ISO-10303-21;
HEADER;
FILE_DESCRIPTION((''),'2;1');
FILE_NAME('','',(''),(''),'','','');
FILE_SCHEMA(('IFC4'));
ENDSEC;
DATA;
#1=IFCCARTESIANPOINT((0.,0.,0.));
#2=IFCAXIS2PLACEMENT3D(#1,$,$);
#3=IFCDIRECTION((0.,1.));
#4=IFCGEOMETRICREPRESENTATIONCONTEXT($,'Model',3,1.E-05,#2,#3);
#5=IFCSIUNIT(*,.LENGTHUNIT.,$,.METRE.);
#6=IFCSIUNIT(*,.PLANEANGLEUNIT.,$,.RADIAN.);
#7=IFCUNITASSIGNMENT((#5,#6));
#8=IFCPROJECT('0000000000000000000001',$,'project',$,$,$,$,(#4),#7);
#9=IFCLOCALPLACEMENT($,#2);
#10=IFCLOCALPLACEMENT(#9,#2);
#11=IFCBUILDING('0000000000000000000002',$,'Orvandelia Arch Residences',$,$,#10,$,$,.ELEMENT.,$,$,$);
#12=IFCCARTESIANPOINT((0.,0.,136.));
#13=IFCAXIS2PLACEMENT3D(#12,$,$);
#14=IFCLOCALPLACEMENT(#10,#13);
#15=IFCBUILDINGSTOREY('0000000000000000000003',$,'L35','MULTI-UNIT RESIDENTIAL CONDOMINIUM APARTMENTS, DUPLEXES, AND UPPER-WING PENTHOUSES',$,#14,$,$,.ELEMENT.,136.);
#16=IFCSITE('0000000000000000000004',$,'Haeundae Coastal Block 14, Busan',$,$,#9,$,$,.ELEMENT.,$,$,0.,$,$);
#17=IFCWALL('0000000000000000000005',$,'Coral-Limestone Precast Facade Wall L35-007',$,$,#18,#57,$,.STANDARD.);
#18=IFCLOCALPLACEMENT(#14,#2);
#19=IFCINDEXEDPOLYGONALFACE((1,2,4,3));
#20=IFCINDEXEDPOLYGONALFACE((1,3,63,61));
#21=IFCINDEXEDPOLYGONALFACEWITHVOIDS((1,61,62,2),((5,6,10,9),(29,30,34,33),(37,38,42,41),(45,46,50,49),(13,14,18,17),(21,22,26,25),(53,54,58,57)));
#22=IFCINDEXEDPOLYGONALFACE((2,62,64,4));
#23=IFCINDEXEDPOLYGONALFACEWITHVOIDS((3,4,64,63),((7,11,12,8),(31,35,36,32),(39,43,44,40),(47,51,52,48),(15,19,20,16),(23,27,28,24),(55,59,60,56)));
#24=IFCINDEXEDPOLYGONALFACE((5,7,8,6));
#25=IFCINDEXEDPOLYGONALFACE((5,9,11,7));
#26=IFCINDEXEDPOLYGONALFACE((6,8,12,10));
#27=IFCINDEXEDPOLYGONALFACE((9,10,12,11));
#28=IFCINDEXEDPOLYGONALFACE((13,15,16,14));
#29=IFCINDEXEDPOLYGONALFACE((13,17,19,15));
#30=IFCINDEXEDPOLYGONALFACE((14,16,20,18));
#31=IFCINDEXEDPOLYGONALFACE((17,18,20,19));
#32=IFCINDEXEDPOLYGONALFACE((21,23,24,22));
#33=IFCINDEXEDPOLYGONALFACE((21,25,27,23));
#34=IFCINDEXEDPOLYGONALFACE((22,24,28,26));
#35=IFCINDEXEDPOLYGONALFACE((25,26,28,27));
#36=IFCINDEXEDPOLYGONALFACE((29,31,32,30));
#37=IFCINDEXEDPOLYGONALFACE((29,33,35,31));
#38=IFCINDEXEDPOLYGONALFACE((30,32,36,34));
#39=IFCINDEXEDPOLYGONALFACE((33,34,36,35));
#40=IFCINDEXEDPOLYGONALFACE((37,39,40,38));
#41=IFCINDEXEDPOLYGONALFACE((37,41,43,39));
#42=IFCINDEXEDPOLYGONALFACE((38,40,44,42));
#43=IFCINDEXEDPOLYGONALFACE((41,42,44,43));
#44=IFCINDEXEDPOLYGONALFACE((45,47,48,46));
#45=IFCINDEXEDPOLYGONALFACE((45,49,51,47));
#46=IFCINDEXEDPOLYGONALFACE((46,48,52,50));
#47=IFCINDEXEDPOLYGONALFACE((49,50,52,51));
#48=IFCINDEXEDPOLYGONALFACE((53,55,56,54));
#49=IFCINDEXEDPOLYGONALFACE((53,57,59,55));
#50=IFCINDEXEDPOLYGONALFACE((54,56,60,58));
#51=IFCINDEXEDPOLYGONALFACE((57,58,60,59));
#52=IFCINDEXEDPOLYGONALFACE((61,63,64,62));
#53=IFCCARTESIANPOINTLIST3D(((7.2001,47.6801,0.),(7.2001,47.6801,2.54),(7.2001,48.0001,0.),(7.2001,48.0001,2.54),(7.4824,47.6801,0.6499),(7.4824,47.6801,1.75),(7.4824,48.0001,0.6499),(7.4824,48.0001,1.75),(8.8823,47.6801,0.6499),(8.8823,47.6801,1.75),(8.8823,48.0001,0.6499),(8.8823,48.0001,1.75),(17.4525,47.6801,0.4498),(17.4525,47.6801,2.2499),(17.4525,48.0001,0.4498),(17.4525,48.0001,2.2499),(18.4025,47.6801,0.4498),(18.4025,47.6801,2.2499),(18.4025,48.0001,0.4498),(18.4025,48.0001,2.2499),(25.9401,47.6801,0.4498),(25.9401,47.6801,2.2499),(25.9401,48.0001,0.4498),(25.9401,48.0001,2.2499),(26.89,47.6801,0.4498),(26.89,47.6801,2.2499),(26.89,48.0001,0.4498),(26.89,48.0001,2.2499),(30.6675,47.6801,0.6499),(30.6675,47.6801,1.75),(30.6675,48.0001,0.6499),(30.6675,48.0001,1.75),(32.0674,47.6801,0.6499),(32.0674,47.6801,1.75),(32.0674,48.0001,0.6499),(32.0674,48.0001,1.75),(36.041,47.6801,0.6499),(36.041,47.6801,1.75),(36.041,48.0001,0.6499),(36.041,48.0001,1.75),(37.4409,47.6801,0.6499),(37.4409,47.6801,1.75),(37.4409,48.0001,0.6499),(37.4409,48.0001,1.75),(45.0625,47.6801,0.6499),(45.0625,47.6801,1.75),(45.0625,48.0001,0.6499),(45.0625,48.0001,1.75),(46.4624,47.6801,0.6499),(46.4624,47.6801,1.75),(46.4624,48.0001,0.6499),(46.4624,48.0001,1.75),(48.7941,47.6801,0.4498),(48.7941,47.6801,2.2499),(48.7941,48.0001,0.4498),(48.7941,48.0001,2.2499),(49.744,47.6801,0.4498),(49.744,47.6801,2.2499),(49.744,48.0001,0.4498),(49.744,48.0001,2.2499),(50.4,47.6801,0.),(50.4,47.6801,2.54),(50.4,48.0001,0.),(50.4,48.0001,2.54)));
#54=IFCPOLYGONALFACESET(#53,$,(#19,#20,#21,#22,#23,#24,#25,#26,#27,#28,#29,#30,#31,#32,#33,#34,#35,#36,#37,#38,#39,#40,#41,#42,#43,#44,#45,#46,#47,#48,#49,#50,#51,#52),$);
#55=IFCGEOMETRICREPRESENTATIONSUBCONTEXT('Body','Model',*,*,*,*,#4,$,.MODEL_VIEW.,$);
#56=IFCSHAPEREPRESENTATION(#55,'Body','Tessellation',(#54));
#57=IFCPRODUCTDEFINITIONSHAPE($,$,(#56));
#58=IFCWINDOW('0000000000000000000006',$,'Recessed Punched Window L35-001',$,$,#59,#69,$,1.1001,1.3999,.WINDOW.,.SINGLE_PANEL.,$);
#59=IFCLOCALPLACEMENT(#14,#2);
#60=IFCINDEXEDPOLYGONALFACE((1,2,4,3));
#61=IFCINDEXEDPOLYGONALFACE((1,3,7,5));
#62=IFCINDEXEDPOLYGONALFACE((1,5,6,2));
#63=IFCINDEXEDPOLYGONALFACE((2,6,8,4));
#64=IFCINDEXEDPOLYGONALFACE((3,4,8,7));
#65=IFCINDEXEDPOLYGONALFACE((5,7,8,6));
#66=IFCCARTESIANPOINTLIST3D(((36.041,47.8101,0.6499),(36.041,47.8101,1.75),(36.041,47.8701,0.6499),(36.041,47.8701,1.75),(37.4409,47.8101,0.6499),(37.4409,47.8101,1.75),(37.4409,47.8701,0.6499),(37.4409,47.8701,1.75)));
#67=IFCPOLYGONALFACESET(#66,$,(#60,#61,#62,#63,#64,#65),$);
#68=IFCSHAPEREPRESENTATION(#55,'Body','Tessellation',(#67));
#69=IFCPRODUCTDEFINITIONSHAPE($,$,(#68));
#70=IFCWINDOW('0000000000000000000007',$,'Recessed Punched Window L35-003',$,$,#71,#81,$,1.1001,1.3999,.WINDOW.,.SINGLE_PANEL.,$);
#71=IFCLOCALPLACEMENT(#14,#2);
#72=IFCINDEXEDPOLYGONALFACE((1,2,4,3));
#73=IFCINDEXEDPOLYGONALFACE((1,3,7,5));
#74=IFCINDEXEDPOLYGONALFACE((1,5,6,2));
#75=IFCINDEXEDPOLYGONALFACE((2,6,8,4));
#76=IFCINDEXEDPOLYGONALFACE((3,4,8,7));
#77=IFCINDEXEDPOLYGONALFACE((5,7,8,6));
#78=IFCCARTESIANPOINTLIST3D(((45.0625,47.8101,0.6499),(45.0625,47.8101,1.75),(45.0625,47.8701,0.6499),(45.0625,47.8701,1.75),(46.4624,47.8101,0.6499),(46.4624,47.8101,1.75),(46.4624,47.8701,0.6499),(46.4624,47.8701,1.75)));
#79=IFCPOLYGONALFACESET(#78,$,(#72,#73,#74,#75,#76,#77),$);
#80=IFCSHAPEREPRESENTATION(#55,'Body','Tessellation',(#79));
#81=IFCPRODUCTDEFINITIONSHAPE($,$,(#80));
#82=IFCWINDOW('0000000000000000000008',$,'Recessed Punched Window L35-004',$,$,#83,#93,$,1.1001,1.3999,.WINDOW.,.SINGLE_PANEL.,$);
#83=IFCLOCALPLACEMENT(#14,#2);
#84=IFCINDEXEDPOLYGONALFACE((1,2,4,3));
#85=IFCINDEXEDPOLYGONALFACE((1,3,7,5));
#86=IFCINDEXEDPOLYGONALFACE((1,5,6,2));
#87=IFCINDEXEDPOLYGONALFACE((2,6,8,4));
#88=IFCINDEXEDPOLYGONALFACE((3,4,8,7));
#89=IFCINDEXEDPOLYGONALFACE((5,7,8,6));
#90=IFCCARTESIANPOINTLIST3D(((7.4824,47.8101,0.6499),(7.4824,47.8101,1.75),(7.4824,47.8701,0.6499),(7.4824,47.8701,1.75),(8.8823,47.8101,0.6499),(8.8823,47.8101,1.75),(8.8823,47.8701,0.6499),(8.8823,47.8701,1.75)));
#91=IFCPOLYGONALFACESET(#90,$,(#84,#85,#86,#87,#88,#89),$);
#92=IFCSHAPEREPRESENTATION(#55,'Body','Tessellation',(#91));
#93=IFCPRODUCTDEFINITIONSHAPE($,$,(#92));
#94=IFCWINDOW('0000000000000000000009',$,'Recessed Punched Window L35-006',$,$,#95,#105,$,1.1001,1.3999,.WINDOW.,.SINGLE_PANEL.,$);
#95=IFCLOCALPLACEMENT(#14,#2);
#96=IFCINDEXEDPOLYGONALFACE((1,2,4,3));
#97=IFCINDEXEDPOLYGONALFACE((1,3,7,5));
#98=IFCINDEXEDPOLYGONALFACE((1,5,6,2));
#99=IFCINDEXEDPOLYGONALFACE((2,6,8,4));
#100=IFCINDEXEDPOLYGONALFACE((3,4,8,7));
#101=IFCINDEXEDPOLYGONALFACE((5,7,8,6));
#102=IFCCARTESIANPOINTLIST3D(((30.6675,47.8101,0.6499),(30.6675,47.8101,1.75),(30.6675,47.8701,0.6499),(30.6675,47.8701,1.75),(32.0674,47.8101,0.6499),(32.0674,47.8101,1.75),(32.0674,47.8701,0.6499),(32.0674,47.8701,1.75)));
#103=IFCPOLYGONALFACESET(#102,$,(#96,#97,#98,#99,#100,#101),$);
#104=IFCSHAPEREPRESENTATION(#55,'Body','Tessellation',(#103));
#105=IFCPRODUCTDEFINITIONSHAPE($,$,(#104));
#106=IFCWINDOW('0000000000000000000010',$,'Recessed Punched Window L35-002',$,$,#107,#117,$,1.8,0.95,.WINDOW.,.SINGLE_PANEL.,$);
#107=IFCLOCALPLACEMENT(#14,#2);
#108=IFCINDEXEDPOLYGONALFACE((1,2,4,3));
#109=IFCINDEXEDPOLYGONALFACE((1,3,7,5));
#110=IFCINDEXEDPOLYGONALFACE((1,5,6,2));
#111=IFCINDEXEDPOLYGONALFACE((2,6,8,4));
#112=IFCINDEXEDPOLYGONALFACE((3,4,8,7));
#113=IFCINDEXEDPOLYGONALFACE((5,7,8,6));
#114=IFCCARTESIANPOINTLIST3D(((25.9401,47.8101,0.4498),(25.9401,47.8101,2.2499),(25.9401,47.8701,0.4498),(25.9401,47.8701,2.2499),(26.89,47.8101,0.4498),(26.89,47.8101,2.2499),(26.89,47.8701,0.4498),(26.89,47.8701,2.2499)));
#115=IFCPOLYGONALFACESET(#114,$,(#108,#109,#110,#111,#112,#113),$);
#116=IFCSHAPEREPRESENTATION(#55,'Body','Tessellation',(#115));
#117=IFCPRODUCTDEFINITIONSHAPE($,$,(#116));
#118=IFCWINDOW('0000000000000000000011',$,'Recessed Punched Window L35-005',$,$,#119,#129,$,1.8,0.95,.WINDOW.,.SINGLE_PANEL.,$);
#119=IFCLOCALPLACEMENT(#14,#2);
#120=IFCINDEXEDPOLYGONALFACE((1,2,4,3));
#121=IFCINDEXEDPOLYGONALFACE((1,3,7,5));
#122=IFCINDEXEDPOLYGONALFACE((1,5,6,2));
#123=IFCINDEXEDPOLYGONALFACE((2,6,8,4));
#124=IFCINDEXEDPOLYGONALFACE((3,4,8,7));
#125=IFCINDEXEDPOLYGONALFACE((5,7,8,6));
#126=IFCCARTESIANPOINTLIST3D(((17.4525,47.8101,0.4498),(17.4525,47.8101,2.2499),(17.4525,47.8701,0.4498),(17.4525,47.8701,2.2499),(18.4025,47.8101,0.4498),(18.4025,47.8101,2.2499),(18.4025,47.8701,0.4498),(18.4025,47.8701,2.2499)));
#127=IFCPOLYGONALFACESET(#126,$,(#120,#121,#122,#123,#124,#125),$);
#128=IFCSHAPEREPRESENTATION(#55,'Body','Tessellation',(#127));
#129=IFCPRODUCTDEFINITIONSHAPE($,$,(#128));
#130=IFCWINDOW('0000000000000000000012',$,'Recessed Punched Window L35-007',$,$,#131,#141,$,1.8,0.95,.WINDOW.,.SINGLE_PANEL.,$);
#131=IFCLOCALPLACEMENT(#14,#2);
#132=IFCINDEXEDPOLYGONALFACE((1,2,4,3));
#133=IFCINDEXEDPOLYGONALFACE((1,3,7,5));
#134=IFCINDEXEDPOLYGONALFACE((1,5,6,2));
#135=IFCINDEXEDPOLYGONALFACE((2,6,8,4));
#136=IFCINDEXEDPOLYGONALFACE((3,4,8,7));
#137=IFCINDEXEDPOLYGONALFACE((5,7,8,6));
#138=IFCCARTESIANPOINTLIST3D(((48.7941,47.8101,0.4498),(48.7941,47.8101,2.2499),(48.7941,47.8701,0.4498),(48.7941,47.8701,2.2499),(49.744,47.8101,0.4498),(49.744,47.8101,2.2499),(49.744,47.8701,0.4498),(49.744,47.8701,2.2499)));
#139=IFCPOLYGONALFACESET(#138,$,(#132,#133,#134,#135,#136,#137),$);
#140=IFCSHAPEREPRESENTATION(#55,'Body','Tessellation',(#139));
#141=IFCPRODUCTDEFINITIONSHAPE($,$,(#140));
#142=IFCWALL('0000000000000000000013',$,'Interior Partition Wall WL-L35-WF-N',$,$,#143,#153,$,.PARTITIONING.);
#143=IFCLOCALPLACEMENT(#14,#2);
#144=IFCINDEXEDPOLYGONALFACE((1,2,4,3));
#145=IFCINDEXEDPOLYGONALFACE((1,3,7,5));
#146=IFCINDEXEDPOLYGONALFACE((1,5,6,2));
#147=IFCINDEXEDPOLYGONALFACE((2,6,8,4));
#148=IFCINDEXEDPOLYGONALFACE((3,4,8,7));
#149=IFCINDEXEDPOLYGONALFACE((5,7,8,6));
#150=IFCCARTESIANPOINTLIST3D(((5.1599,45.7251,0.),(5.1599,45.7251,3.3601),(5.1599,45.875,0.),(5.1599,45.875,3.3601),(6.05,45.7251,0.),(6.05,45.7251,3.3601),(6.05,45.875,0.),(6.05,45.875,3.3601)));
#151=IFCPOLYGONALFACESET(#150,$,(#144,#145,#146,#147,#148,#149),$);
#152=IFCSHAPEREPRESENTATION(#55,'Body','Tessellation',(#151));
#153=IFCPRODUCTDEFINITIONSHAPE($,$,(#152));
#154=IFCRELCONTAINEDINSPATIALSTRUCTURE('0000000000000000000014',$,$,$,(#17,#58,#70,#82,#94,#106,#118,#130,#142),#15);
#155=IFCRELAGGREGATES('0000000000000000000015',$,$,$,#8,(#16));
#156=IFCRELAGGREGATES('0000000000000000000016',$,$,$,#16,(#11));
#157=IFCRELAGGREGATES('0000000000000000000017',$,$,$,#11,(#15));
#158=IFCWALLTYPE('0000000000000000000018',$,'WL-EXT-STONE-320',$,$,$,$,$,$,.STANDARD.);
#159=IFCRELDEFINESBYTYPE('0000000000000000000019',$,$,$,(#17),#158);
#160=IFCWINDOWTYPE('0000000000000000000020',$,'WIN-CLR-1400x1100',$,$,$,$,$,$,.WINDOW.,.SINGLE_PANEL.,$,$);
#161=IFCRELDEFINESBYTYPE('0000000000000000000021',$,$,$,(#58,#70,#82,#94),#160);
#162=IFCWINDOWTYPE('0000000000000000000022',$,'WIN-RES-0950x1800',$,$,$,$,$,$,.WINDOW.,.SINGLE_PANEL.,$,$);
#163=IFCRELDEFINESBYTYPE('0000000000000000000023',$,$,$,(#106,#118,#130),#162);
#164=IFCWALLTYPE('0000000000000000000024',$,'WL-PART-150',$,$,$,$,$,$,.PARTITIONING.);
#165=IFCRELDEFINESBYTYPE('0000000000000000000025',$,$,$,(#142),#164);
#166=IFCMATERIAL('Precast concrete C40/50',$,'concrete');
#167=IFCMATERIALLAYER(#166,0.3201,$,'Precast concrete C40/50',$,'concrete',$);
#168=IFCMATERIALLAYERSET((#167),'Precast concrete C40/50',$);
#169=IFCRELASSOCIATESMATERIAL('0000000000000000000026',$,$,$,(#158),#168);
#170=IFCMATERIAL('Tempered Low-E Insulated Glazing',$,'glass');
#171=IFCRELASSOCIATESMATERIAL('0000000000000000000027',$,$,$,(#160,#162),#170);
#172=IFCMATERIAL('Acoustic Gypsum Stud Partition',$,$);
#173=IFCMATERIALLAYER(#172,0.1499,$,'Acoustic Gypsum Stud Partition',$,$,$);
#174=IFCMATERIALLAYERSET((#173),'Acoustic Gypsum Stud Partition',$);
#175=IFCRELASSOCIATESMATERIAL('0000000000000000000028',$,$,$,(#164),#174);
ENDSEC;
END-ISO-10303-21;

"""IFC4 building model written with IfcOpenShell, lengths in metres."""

from ifc_helpers import new_model, si_unit, direction, frame, frame_2d, origin, place, context, subcontext, project, spatial, rectangle, extrude, material, layer, layer_set, type_object, element, fill, save


model = new_model("IFC4")

# Units and contexts
model_context = context("Model", 3, precision=1e-05, world=origin(), true_north=direction((0.0, 1.0)))
body_context = subcontext(model_context, "Body", "Model", "MODEL_VIEW")
ifc_project = project(units=[si_unit("LENGTHUNIT", "METRE"), si_unit("PLANEANGLEUNIT", "RADIAN")], contexts=[model_context])

# Site, building, storey
site_placement = place(None, origin())
site = spatial("IfcSite", under=ifc_project, at=site_placement, Name="Haeundae Coastal Block 14, Busan", CompositionType="ELEMENT", RefElevation=0.0)
building_placement = place(site_placement, origin())
building = spatial("IfcBuilding", under=site, at=building_placement, Name="Orvandelia Arch Residences", CompositionType="ELEMENT")
storey_placement = place(building_placement, frame((0.0, 0.0, 136.0)))
storey = spatial("IfcBuildingStorey", under=building, at=storey_placement, Name="L35", Description="MULTI-UNIT RESIDENTIAL CONDOMINIUM APARTMENTS, DUPLEXES, AND UPPER-WING PENTHOUSES", CompositionType="ELEMENT", Elevation=136.0)

# Shared definitions
ifc_material_1 = material(Name="Precast concrete C40/50", Category="concrete")
ifc_layer_1 = layer(ifc_material_1, 0.3201, Name="Precast concrete C40/50", Category="concrete")
ifc_layer_set_1 = layer_set([ifc_layer_1], Name="Precast concrete C40/50")
wall_type_1 = type_object("IfcWallType", Name="WL-EXT-STONE-320", PredefinedType="STANDARD", material=ifc_layer_set_1)

# Wall, openings, windows
wall_1_placement = place(storey_placement, frame((7.2, 47.8401, 0.0), z_axis=(0.0, 0.0, 1.0), x_axis=(1.0, 0.0, 0.0)))
wall_1 = element("IfcWall", 1, at=wall_1_placement, inside=storey, type_object=wall_type_1, Name="Coral-Limestone Precast Facade Wall L35-007", PredefinedType="STANDARD", context=body_context, shape_type="SweptSolid", body=[
    extrude(rectangle(XDim=43.2, YDim=0.3201, at=frame_2d((21.6001, 0.0))), origin(), (0.0, 0.0, 1.0), 2.54),
])
opening_1_placement = place(wall_1_placement, frame((28.8411, 0.0, 0.6499)))
opening_1 = element("IfcOpeningElement", 2, at=opening_1_placement, cuts=wall_1, PredefinedType="OPENING", context=body_context, shape_type="SweptSolid", body=[
    extrude(rectangle(XDim=1.3999, YDim=1.1001, at=frame_2d((0.7, 0.55))), frame((0.0, 0.1699, 0.0), z_axis=(0.0, -1.0, 0.0), x_axis=(1.0, 0.0, 0.0)), (0.0, 0.0, 1.0), 0.3401),
])
opening_2_placement = place(wall_1_placement, frame((18.74, 0.0, 0.45)))
opening_2 = element("IfcOpeningElement", 3, at=opening_2_placement, cuts=wall_1, PredefinedType="OPENING", context=body_context, shape_type="SweptSolid", body=[
    extrude(rectangle(XDim=0.95, YDim=1.8, at=frame_2d((0.4751, 0.8999))), frame((0.0, 0.1699, 0.0), z_axis=(0.0, -1.0, 0.0), x_axis=(1.0, 0.0, 0.0)), (0.0, 0.0, 1.0), 0.3401),
])
opening_3_placement = place(wall_1_placement, frame((37.8625, 0.0, 0.6499)))
opening_3 = element("IfcOpeningElement", 4, at=opening_3_placement, cuts=wall_1, PredefinedType="OPENING", context=body_context, shape_type="SweptSolid", body=[
    extrude(rectangle(XDim=1.3999, YDim=1.1001, at=frame_2d((0.7, 0.55))), frame((0.0, 0.1699, 0.0), z_axis=(0.0, -1.0, 0.0), x_axis=(1.0, 0.0, 0.0)), (0.0, 0.0, 1.0), 0.3401),
])
opening_4_placement = place(wall_1_placement, frame((0.2825, 0.0, 0.6499)))
opening_4 = element("IfcOpeningElement", 5, at=opening_4_placement, cuts=wall_1, PredefinedType="OPENING", context=body_context, shape_type="SweptSolid", body=[
    extrude(rectangle(XDim=1.3999, YDim=1.1001, at=frame_2d((0.7, 0.55))), frame((0.0, 0.1699, 0.0), z_axis=(0.0, -1.0, 0.0), x_axis=(1.0, 0.0, 0.0)), (0.0, 0.0, 1.0), 0.3401),
])
opening_5_placement = place(wall_1_placement, frame((10.2524, 0.0, 0.45)))
opening_5 = element("IfcOpeningElement", 6, at=opening_5_placement, cuts=wall_1, PredefinedType="OPENING", context=body_context, shape_type="SweptSolid", body=[
    extrude(rectangle(XDim=0.95, YDim=1.8, at=frame_2d((0.4751, 0.8999))), frame((0.0, 0.1699, 0.0), z_axis=(0.0, -1.0, 0.0), x_axis=(1.0, 0.0, 0.0)), (0.0, 0.0, 1.0), 0.3401),
])
opening_6_placement = place(wall_1_placement, frame((23.4675, 0.0, 0.6499)))
opening_6 = element("IfcOpeningElement", 7, at=opening_6_placement, cuts=wall_1, PredefinedType="OPENING", context=body_context, shape_type="SweptSolid", body=[
    extrude(rectangle(XDim=1.3999, YDim=1.1001, at=frame_2d((0.7, 0.55))), frame((0.0, 0.1699, 0.0), z_axis=(0.0, -1.0, 0.0), x_axis=(1.0, 0.0, 0.0)), (0.0, 0.0, 1.0), 0.3401),
])
opening_7_placement = place(wall_1_placement, frame((41.594, 0.0, 0.45)))
opening_7 = element("IfcOpeningElement", 8, at=opening_7_placement, cuts=wall_1, PredefinedType="OPENING", context=body_context, shape_type="SweptSolid", body=[
    extrude(rectangle(XDim=0.95, YDim=1.8, at=frame_2d((0.4751, 0.8999))), frame((0.0, 0.1699, 0.0), z_axis=(0.0, -1.0, 0.0), x_axis=(1.0, 0.0, 0.0)), (0.0, 0.0, 1.0), 0.3401),
])
ifc_material_2 = material(Name="Tempered Low-E Insulated Glazing", Category="glass")
window_type_1 = type_object("IfcWindowType", Name="WIN-CLR-1400x1100", PartitioningType="SINGLE_PANEL", PredefinedType="WINDOW", material=ifc_material_2)
window_1_placement = place(opening_1_placement, origin())
window_1 = element("IfcWindow", 9, at=window_1_placement, inside=storey, type_object=window_type_1, Name="Recessed Punched Window L35-001", OverallHeight=1.1001, OverallWidth=1.3999, PartitioningType="SINGLE_PANEL", PredefinedType="WINDOW", context=body_context, shape_type="SweptSolid", body=[
    extrude(rectangle(XDim=1.3999, YDim=1.1001, at=frame_2d((0.7, 0.55))), frame((0.0, 0.03, 0.0), z_axis=(0.0, -1.0, 0.0), x_axis=(1.0, 0.0, 0.0)), (0.0, 0.0, 1.0), 0.0601),
])
fill(opening_1, window_1)
window_2_placement = place(opening_3_placement, origin())
window_2 = element("IfcWindow", 10, at=window_2_placement, inside=storey, type_object=window_type_1, Name="Recessed Punched Window L35-003", OverallHeight=1.1001, OverallWidth=1.3999, PartitioningType="SINGLE_PANEL", PredefinedType="WINDOW", context=body_context, shape_type="SweptSolid", body=[
    extrude(rectangle(XDim=1.3999, YDim=1.1001, at=frame_2d((0.7, 0.55))), frame((0.0, 0.03, 0.0), z_axis=(0.0, -1.0, 0.0), x_axis=(1.0, 0.0, 0.0)), (0.0, 0.0, 1.0), 0.0601),
])
fill(opening_3, window_2)
window_3_placement = place(opening_4_placement, origin())
window_3 = element("IfcWindow", 11, at=window_3_placement, inside=storey, type_object=window_type_1, Name="Recessed Punched Window L35-004", OverallHeight=1.1001, OverallWidth=1.3999, PartitioningType="SINGLE_PANEL", PredefinedType="WINDOW", context=body_context, shape_type="SweptSolid", body=[
    extrude(rectangle(XDim=1.3999, YDim=1.1001, at=frame_2d((0.7, 0.55))), frame((0.0, 0.03, 0.0), z_axis=(0.0, -1.0, 0.0), x_axis=(1.0, 0.0, 0.0)), (0.0, 0.0, 1.0), 0.0601),
])
fill(opening_4, window_3)
window_4_placement = place(opening_6_placement, origin())
window_4 = element("IfcWindow", 12, at=window_4_placement, inside=storey, type_object=window_type_1, Name="Recessed Punched Window L35-006", OverallHeight=1.1001, OverallWidth=1.3999, PartitioningType="SINGLE_PANEL", PredefinedType="WINDOW", context=body_context, shape_type="SweptSolid", body=[
    extrude(rectangle(XDim=1.3999, YDim=1.1001, at=frame_2d((0.7, 0.55))), frame((0.0, 0.03, 0.0), z_axis=(0.0, -1.0, 0.0), x_axis=(1.0, 0.0, 0.0)), (0.0, 0.0, 1.0), 0.0601),
])
fill(opening_6, window_4)
window_type_2 = type_object("IfcWindowType", Name="WIN-RES-0950x1800", PartitioningType="SINGLE_PANEL", PredefinedType="WINDOW", material=ifc_material_2)
window_5_placement = place(opening_2_placement, origin())
window_5 = element("IfcWindow", 13, at=window_5_placement, inside=storey, type_object=window_type_2, Name="Recessed Punched Window L35-002", OverallHeight=1.8, OverallWidth=0.95, PartitioningType="SINGLE_PANEL", PredefinedType="WINDOW", context=body_context, shape_type="SweptSolid", body=[
    extrude(rectangle(XDim=0.95, YDim=1.8, at=frame_2d((0.4751, 0.8999))), frame((0.0, 0.03, 0.0), z_axis=(0.0, -1.0, 0.0), x_axis=(1.0, 0.0, 0.0)), (0.0, 0.0, 1.0), 0.0601),
])
fill(opening_2, window_5)
window_6_placement = place(opening_5_placement, origin())
window_6 = element("IfcWindow", 14, at=window_6_placement, inside=storey, type_object=window_type_2, Name="Recessed Punched Window L35-005", OverallHeight=1.8, OverallWidth=0.95, PartitioningType="SINGLE_PANEL", PredefinedType="WINDOW", context=body_context, shape_type="SweptSolid", body=[
    extrude(rectangle(XDim=0.95, YDim=1.8, at=frame_2d((0.4751, 0.8999))), frame((0.0, 0.03, 0.0), z_axis=(0.0, -1.0, 0.0), x_axis=(1.0, 0.0, 0.0)), (0.0, 0.0, 1.0), 0.0601),
])
fill(opening_5, window_6)
window_7_placement = place(opening_7_placement, origin())
window_7 = element("IfcWindow", 15, at=window_7_placement, inside=storey, type_object=window_type_2, Name="Recessed Punched Window L35-007", OverallHeight=1.8, OverallWidth=0.95, PartitioningType="SINGLE_PANEL", PredefinedType="WINDOW", context=body_context, shape_type="SweptSolid", body=[
    extrude(rectangle(XDim=0.95, YDim=1.8, at=frame_2d((0.4751, 0.8999))), frame((0.0, 0.03, 0.0), z_axis=(0.0, -1.0, 0.0), x_axis=(1.0, 0.0, 0.0)), (0.0, 0.0, 1.0), 0.0601),
])
fill(opening_7, window_7)

# Wall
ifc_material_3 = material(Name="Acoustic Gypsum Stud Partition")
ifc_layer_2 = layer(ifc_material_3, 0.1499, Name="Acoustic Gypsum Stud Partition")
ifc_layer_set_2 = layer_set([ifc_layer_2], Name="Acoustic Gypsum Stud Partition")
wall_type_2 = type_object("IfcWallType", Name="WL-PART-150", PredefinedType="PARTITIONING", material=ifc_layer_set_2)
wall_2_placement = place(storey_placement, frame((5.1599, 45.8, 0.0), z_axis=(0.0, 0.0, 1.0), x_axis=(1.0, 0.0, 0.0)))
element("IfcWall", 16, at=wall_2_placement, inside=storey, type_object=wall_type_2, Name="Interior Partition Wall WL-L35-WF-N", PredefinedType="PARTITIONING", context=body_context, shape_type="SweptSolid", body=[
    extrude(rectangle(XDim=0.8901, YDim=0.1499, at=frame_2d((0.4451, 0.0))), origin(), (0.0, 0.0, 1.0), 3.3601),
])

save(model, "model.ifc")
